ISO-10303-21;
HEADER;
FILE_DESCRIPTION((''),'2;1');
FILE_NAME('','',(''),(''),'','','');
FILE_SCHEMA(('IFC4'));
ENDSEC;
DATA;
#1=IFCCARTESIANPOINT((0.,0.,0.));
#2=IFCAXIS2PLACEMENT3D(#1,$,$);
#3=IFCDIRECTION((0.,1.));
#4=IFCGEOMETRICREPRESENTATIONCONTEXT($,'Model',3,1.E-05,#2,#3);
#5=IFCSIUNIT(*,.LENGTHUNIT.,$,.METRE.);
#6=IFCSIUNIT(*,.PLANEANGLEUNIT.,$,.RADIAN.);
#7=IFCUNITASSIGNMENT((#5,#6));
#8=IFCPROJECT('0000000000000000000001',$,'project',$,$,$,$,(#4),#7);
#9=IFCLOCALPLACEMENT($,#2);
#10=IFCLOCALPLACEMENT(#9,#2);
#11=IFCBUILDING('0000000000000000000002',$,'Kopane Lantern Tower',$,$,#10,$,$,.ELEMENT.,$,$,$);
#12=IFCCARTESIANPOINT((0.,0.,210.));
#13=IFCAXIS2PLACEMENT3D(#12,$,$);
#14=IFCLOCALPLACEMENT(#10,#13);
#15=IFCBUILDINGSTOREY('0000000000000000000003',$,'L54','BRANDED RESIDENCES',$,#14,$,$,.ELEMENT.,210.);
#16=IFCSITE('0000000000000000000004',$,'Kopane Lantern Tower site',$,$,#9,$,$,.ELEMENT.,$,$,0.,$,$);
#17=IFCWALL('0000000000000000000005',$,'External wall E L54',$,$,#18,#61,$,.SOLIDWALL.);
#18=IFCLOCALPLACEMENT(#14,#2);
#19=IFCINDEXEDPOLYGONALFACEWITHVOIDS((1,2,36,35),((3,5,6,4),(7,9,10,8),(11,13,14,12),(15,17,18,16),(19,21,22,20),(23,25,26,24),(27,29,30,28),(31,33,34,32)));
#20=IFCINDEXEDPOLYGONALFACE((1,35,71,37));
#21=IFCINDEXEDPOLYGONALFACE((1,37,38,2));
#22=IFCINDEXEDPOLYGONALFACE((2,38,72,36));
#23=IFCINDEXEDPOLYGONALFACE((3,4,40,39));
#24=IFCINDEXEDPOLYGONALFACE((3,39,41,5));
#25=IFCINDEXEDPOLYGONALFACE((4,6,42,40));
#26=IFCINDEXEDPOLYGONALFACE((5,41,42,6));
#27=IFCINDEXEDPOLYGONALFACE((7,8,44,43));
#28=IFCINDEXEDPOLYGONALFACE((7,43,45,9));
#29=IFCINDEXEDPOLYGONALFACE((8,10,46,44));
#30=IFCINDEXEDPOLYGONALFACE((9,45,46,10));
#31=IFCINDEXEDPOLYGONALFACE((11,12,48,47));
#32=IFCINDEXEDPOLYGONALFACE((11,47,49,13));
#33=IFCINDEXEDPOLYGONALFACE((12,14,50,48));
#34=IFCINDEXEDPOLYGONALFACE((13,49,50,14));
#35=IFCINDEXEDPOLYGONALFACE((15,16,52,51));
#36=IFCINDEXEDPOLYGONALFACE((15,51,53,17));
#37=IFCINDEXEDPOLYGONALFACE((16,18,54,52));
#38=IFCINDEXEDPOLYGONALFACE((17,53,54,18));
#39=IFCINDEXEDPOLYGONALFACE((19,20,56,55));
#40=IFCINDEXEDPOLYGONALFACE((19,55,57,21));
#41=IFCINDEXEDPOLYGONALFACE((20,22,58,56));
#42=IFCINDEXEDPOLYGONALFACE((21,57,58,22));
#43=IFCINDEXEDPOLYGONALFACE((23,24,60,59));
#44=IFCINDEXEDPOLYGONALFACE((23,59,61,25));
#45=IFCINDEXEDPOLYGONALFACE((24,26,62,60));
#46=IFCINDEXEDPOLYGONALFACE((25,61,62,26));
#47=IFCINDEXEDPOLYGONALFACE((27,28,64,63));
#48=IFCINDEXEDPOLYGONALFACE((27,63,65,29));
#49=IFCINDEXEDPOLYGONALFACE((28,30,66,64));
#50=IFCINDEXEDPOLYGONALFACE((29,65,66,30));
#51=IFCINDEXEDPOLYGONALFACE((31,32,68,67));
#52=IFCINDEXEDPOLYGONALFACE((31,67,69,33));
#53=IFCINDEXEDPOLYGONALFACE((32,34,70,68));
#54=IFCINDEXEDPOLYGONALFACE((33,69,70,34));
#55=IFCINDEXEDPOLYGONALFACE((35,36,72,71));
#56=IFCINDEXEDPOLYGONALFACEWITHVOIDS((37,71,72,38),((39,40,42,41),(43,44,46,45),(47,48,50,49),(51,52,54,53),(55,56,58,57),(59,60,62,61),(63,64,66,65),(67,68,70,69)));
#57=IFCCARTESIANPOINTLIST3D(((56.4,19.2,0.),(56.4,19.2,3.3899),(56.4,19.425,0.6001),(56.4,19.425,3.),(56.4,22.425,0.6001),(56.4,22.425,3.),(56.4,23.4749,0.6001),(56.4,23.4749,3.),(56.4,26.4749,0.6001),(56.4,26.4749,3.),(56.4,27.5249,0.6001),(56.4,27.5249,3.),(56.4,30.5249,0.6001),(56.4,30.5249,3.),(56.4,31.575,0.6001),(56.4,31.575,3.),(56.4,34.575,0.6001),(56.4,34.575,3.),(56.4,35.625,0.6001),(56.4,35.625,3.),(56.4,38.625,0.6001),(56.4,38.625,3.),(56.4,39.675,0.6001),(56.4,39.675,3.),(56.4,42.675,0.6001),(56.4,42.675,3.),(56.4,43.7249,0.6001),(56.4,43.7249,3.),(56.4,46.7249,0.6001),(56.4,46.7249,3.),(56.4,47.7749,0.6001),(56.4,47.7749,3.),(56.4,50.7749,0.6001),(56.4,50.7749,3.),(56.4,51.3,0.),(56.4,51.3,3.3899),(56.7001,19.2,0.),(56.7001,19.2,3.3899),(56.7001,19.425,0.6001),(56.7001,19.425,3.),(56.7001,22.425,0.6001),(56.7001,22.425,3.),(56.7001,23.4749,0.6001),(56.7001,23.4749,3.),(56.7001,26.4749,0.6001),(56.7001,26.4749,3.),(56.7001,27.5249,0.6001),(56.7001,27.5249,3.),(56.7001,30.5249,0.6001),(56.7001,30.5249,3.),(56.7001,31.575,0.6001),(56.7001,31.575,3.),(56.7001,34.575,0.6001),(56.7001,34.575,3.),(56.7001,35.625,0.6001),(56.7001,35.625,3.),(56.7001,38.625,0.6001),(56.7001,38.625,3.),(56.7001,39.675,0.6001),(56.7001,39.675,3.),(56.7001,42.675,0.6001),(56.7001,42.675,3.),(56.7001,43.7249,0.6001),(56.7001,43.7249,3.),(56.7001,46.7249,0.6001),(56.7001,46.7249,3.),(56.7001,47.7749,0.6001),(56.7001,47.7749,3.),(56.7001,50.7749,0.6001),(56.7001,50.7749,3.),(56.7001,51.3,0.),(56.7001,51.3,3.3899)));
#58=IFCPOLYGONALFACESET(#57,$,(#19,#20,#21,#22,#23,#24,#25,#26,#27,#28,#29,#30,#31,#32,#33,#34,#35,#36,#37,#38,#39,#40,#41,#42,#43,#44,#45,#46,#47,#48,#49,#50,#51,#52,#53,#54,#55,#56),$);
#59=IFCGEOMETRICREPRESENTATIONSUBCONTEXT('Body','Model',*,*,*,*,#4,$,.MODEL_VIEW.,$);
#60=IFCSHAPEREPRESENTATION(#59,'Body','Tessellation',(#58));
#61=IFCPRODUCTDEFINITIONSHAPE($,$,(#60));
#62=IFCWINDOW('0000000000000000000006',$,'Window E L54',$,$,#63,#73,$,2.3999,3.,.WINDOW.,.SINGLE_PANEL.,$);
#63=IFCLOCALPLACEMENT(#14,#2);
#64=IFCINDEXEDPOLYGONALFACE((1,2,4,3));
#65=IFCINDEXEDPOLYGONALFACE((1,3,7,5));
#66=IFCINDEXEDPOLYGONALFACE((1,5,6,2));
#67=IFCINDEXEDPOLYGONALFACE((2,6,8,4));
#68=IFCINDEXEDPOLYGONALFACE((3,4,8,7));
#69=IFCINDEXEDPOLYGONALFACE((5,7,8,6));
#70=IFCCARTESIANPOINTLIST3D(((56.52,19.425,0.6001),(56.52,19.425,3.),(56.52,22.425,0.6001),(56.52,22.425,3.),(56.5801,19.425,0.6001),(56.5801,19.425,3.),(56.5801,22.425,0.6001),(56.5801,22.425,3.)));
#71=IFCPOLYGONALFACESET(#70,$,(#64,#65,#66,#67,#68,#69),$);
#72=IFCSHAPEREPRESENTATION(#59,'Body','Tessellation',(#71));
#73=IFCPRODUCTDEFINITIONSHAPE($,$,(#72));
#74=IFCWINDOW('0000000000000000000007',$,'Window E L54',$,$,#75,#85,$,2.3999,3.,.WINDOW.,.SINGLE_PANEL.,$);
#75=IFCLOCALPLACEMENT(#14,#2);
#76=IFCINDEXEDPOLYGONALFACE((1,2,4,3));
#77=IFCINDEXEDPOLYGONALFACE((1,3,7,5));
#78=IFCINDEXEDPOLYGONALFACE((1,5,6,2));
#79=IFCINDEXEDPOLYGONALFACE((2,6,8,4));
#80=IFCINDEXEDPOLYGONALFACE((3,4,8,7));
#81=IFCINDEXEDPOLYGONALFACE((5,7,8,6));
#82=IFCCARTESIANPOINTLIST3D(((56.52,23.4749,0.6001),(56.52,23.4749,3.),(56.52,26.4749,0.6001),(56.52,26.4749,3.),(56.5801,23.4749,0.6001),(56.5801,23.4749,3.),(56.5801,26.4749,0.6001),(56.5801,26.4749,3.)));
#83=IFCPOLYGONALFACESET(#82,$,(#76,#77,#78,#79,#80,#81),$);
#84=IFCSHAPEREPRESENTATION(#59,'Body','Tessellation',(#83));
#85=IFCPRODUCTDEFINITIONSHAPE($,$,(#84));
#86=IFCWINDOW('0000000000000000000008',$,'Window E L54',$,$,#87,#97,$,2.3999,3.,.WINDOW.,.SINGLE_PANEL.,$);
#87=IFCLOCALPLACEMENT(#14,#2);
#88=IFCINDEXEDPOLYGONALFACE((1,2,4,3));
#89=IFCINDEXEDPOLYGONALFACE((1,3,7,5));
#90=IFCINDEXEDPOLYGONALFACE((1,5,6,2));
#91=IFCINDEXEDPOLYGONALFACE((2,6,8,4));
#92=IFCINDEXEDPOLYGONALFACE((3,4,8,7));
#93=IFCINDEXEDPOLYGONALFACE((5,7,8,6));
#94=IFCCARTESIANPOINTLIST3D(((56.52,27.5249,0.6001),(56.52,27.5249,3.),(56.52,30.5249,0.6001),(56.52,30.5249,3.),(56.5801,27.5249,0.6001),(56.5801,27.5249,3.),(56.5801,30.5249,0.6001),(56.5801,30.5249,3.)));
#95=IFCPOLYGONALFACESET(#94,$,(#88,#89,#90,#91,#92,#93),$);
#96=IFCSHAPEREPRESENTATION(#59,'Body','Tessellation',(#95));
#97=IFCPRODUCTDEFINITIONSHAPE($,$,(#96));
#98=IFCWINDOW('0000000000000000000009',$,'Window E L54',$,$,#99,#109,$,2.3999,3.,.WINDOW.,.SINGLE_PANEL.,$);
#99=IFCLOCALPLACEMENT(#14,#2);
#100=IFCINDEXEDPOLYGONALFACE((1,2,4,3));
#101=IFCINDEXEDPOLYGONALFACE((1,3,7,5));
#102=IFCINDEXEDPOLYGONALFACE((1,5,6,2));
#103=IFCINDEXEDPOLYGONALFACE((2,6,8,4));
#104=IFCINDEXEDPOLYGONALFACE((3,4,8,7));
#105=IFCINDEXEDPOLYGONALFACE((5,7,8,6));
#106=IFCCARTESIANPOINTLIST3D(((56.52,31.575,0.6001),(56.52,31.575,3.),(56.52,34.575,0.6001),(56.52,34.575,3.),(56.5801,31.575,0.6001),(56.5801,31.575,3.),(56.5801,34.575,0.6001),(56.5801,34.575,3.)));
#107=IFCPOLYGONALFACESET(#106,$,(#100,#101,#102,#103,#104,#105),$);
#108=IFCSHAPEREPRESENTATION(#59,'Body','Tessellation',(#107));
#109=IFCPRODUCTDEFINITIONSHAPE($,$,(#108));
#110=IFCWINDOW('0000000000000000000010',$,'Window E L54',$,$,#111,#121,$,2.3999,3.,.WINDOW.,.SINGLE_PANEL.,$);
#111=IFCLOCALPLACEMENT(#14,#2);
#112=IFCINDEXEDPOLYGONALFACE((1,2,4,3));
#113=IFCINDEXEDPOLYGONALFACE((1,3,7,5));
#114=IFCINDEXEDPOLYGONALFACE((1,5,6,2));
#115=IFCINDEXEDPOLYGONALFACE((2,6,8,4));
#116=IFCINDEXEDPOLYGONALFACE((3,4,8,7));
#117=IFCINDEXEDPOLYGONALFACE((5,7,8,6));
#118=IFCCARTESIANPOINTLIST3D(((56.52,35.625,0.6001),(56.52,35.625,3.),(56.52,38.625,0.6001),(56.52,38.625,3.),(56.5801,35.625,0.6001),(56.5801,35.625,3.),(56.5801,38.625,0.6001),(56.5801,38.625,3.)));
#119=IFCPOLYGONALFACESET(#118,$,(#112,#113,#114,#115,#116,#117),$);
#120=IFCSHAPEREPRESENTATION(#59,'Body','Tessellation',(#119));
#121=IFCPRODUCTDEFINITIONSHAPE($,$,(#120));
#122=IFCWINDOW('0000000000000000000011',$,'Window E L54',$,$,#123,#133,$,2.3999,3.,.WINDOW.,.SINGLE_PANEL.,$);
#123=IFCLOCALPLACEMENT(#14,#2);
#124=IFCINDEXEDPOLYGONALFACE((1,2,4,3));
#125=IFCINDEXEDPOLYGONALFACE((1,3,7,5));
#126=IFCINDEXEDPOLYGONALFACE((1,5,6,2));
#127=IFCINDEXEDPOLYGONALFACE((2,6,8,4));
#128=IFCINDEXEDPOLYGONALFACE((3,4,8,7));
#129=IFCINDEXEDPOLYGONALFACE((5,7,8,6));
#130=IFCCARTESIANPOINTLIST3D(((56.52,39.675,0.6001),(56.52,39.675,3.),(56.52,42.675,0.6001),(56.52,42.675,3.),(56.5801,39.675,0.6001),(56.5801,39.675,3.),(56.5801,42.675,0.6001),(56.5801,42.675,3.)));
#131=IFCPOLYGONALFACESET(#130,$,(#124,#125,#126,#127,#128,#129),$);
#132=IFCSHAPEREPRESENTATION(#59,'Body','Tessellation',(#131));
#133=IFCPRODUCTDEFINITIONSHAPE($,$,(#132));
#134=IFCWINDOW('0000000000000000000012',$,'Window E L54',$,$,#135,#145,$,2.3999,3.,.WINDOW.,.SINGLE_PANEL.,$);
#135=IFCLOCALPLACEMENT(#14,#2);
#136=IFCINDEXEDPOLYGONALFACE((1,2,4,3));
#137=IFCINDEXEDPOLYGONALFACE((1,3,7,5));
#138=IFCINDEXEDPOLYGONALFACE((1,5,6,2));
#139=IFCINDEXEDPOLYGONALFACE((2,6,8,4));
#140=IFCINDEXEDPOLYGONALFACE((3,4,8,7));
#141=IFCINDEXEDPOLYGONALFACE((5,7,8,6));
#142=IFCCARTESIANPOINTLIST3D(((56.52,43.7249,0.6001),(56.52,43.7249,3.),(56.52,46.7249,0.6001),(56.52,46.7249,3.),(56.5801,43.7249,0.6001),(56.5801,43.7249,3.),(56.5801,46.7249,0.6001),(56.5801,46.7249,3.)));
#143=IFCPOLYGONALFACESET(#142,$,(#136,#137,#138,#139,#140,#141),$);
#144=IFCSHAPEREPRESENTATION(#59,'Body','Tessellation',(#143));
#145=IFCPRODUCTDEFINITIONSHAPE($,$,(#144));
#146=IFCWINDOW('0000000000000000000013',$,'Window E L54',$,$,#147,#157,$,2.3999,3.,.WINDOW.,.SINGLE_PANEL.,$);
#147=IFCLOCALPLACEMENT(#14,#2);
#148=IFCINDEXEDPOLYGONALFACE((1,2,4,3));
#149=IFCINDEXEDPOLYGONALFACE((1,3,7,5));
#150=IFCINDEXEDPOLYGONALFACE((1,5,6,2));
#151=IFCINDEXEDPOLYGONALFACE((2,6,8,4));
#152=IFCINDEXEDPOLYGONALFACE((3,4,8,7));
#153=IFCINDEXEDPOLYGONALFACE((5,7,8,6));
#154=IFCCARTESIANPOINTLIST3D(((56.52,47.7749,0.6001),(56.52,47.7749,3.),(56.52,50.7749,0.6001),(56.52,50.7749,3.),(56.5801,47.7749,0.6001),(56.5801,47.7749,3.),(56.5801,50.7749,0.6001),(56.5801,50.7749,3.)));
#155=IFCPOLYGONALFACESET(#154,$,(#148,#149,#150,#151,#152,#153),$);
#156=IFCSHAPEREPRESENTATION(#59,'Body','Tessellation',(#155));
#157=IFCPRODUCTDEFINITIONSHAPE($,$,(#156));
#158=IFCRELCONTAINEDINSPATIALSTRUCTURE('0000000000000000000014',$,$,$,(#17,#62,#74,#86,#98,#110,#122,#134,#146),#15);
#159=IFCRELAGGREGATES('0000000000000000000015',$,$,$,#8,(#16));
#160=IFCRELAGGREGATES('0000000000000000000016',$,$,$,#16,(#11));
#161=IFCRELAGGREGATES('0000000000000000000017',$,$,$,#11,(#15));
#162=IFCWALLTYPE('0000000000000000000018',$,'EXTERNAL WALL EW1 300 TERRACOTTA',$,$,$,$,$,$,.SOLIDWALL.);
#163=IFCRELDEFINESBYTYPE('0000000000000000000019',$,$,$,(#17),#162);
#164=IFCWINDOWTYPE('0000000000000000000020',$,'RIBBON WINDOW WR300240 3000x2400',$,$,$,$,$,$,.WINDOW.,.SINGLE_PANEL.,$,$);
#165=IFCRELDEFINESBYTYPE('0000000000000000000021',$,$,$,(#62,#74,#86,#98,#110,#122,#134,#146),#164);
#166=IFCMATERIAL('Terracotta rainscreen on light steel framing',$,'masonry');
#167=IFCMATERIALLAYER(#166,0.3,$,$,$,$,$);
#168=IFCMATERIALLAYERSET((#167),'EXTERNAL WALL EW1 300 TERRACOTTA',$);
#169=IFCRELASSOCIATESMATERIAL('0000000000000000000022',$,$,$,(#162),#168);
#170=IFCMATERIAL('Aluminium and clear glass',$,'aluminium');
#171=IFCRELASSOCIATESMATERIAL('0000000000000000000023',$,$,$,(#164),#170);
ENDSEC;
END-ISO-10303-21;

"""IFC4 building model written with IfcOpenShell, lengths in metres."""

from ifc_helpers import new_model, si_unit, direction, frame, frame_2d, origin, place, context, subcontext, project, spatial, rectangle, extrude, material, layer, layer_set, type_object, element, fill, save


model = new_model("IFC4")

# Units and contexts
model_context = context("Model", 3, precision=1e-05, world=origin(), true_north=direction((0.0, 1.0)))
body_context = subcontext(model_context, "Body", "Model", "MODEL_VIEW")
ifc_project = project(units=[si_unit("LENGTHUNIT", "METRE"), si_unit("PLANEANGLEUNIT", "RADIAN")], contexts=[model_context])

# Site, building, storey
site_placement = place(None, origin())
site = spatial("IfcSite", under=ifc_project, at=site_placement, Name="Kopane Lantern Tower site", CompositionType="ELEMENT", RefElevation=0.0)
building_placement = place(site_placement, origin())
building = spatial("IfcBuilding", under=site, at=building_placement, Name="Kopane Lantern Tower", CompositionType="ELEMENT")
storey_placement = place(building_placement, frame((0.0, 0.0, 210.0)))
storey = spatial("IfcBuildingStorey", under=building, at=storey_placement, Name="L54", Description="BRANDED RESIDENCES", CompositionType="ELEMENT", Elevation=210.0)

# Wall, openings, windows
ifc_material_1 = material(Name="Terracotta rainscreen on light steel framing", Category="masonry")
ifc_layer_1 = layer(ifc_material_1, 0.3)
ifc_layer_set_1 = layer_set([ifc_layer_1], Name="EXTERNAL WALL EW1 300 TERRACOTTA")
wall_type_1 = type_object("IfcWallType", Name="EXTERNAL WALL EW1 300 TERRACOTTA", PredefinedType="SOLIDWALL", material=ifc_layer_set_1)
wall_1_placement = place(storey_placement, frame((56.55, 19.2, 0.0), z_axis=(0.0, 0.0, 1.0), x_axis=(0.0, 1.0, 0.0)))
wall_1 = element("IfcWall", 1, at=wall_1_placement, inside=storey, type_object=wall_type_1, Name="External wall E L54", PredefinedType="SOLIDWALL", context=body_context, shape_type="SweptSolid", body=[
    extrude(rectangle(XDim=32.1001, YDim=0.3, at=frame_2d((16.05, 0.0))), origin(), (0.0, 0.0, 1.0), 3.3899),
])
opening_1_placement = place(wall_1_placement, frame((0.2251, 0.0, 0.6001)))
opening_1 = element("IfcOpeningElement", 2, at=opening_1_placement, cuts=wall_1, PredefinedType="OPENING", context=body_context, shape_type="SweptSolid", body=[
    extrude(rectangle(XDim=3.0, YDim=2.3999, at=frame_2d((1.5, 1.2))), frame((0.0, 0.1599, 0.0), z_axis=(0.0, -1.0, 0.0), x_axis=(1.0, 0.0, 0.0)), (0.0, 0.0, 1.0), 0.3201),
])
opening_2_placement = place(wall_1_placement, frame((4.2749, 0.0, 0.6001)))
opening_2 = element("IfcOpeningElement", 3, at=opening_2_placement, cuts=wall_1, PredefinedType="OPENING", context=body_context, shape_type="SweptSolid", body=[
    extrude(rectangle(XDim=3.0, YDim=2.3999, at=frame_2d((1.5, 1.2))), frame((0.0, 0.1599, 0.0), z_axis=(0.0, -1.0, 0.0), x_axis=(1.0, 0.0, 0.0)), (0.0, 0.0, 1.0), 0.3201),
])
opening_3_placement = place(wall_1_placement, frame((8.325, 0.0, 0.6001)))
opening_3 = element("IfcOpeningElement", 4, at=opening_3_placement, cuts=wall_1, PredefinedType="OPENING", context=body_context, shape_type="SweptSolid", body=[
    extrude(rectangle(XDim=3.0, YDim=2.3999, at=frame_2d((1.5, 1.2))), frame((0.0, 0.1599, 0.0), z_axis=(0.0, -1.0, 0.0), x_axis=(1.0, 0.0, 0.0)), (0.0, 0.0, 1.0), 0.3201),
])
opening_4_placement = place(wall_1_placement, frame((12.375, 0.0, 0.6001)))
opening_4 = element("IfcOpeningElement", 5, at=opening_4_placement, cuts=wall_1, PredefinedType="OPENING", context=body_context, shape_type="SweptSolid", body=[
    extrude(rectangle(XDim=3.0, YDim=2.3999, at=frame_2d((1.5, 1.2))), frame((0.0, 0.1599, 0.0), z_axis=(0.0, -1.0, 0.0), x_axis=(1.0, 0.0, 0.0)), (0.0, 0.0, 1.0), 0.3201),
])
opening_5_placement = place(wall_1_placement, frame((16.425, 0.0, 0.6001)))
opening_5 = element("IfcOpeningElement", 6, at=opening_5_placement, cuts=wall_1, PredefinedType="OPENING", context=body_context, shape_type="SweptSolid", body=[
    extrude(rectangle(XDim=3.0, YDim=2.3999, at=frame_2d((1.5, 1.2))), frame((0.0, 0.1599, 0.0), z_axis=(0.0, -1.0, 0.0), x_axis=(1.0, 0.0, 0.0)), (0.0, 0.0, 1.0), 0.3201),
])
opening_6_placement = place(wall_1_placement, frame((20.4751, 0.0, 0.6001)))
opening_6 = element("IfcOpeningElement", 7, at=opening_6_placement, cuts=wall_1, PredefinedType="OPENING", context=body_context, shape_type="SweptSolid", body=[
    extrude(rectangle(XDim=3.0, YDim=2.3999, at=frame_2d((1.5, 1.2))), frame((0.0, 0.1599, 0.0), z_axis=(0.0, -1.0, 0.0), x_axis=(1.0, 0.0, 0.0)), (0.0, 0.0, 1.0), 0.3201),
])
opening_7_placement = place(wall_1_placement, frame((24.5249, 0.0, 0.6001)))
opening_7 = element("IfcOpeningElement", 8, at=opening_7_placement, cuts=wall_1, PredefinedType="OPENING", context=body_context, shape_type="SweptSolid", body=[
    extrude(rectangle(XDim=3.0, YDim=2.3999, at=frame_2d((1.5, 1.2))), frame((0.0, 0.1599, 0.0), z_axis=(0.0, -1.0, 0.0), x_axis=(1.0, 0.0, 0.0)), (0.0, 0.0, 1.0), 0.3201),
])
opening_8_placement = place(wall_1_placement, frame((28.575, 0.0, 0.6001)))
opening_8 = element("IfcOpeningElement", 9, at=opening_8_placement, cuts=wall_1, PredefinedType="OPENING", context=body_context, shape_type="SweptSolid", body=[
    extrude(rectangle(XDim=3.0, YDim=2.3999, at=frame_2d((1.5, 1.2))), frame((0.0, 0.1599, 0.0), z_axis=(0.0, -1.0, 0.0), x_axis=(1.0, 0.0, 0.0)), (0.0, 0.0, 1.0), 0.3201),
])
ifc_material_2 = material(Name="Aluminium and clear glass", Category="aluminium")
window_type = type_object("IfcWindowType", Name="RIBBON WINDOW WR300240 3000x2400", PartitioningType="SINGLE_PANEL", PredefinedType="WINDOW", material=ifc_material_2)
window_1_placement = place(opening_1_placement, origin())
window_1 = element("IfcWindow", 10, at=window_1_placement, inside=storey, type_object=window_type, Name="Window E L54", OverallHeight=2.3999, OverallWidth=3.0, PartitioningType="SINGLE_PANEL", PredefinedType="WINDOW", context=body_context, shape_type="SweptSolid", body=[
    extrude(rectangle(XDim=3.0, YDim=2.3999, at=frame_2d((1.5, 1.2))), frame((0.0, 0.03, 0.0), z_axis=(0.0, -1.0, 0.0), x_axis=(1.0, 0.0, 0.0)), (0.0, 0.0, 1.0), 0.0601),
])
fill(opening_1, window_1)
window_2_placement = place(opening_2_placement, origin())
window_2 = element("IfcWindow", 11, at=window_2_placement, inside=storey, type_object=window_type, Name="Window E L54", OverallHeight=2.3999, OverallWidth=3.0, PartitioningType="SINGLE_PANEL", PredefinedType="WINDOW", context=body_context, shape_type="SweptSolid", body=[
    extrude(rectangle(XDim=3.0, YDim=2.3999, at=frame_2d((1.5, 1.2))), frame((0.0, 0.03, 0.0), z_axis=(0.0, -1.0, 0.0), x_axis=(1.0, 0.0, 0.0)), (0.0, 0.0, 1.0), 0.0601),
])
fill(opening_2, window_2)
window_3_placement = place(opening_3_placement, origin())
window_3 = element("IfcWindow", 12, at=window_3_placement, inside=storey, type_object=window_type, Name="Window E L54", OverallHeight=2.3999, OverallWidth=3.0, PartitioningType="SINGLE_PANEL", PredefinedType="WINDOW", context=body_context, shape_type="SweptSolid", body=[
    extrude(rectangle(XDim=3.0, YDim=2.3999, at=frame_2d((1.5, 1.2))), frame((0.0, 0.03, 0.0), z_axis=(0.0, -1.0, 0.0), x_axis=(1.0, 0.0, 0.0)), (0.0, 0.0, 1.0), 0.0601),
])
fill(opening_3, window_3)
window_4_placement = place(opening_4_placement, origin())
window_4 = element("IfcWindow", 13, at=window_4_placement, inside=storey, type_object=window_type, Name="Window E L54", OverallHeight=2.3999, OverallWidth=3.0, PartitioningType="SINGLE_PANEL", PredefinedType="WINDOW", context=body_context, shape_type="SweptSolid", body=[
    extrude(rectangle(XDim=3.0, YDim=2.3999, at=frame_2d((1.5, 1.2))), frame((0.0, 0.03, 0.0), z_axis=(0.0, -1.0, 0.0), x_axis=(1.0, 0.0, 0.0)), (0.0, 0.0, 1.0), 0.0601),
])
fill(opening_4, window_4)
window_5_placement = place(opening_5_placement, origin())
window_5 = element("IfcWindow", 14, at=window_5_placement, inside=storey, type_object=window_type, Name="Window E L54", OverallHeight=2.3999, OverallWidth=3.0, PartitioningType="SINGLE_PANEL", PredefinedType="WINDOW", context=body_context, shape_type="SweptSolid", body=[
    extrude(rectangle(XDim=3.0, YDim=2.3999, at=frame_2d((1.5, 1.2))), frame((0.0, 0.03, 0.0), z_axis=(0.0, -1.0, 0.0), x_axis=(1.0, 0.0, 0.0)), (0.0, 0.0, 1.0), 0.0601),
])
fill(opening_5, window_5)
window_6_placement = place(opening_6_placement, origin())
window_6 = element("IfcWindow", 15, at=window_6_placement, inside=storey, type_object=window_type, Name="Window E L54", OverallHeight=2.3999, OverallWidth=3.0, PartitioningType="SINGLE_PANEL", PredefinedType="WINDOW", context=body_context, shape_type="SweptSolid", body=[
    extrude(rectangle(XDim=3.0, YDim=2.3999, at=frame_2d((1.5, 1.2))), frame((0.0, 0.03, 0.0), z_axis=(0.0, -1.0, 0.0), x_axis=(1.0, 0.0, 0.0)), (0.0, 0.0, 1.0), 0.0601),
])
fill(opening_6, window_6)
window_7_placement = place(opening_7_placement, origin())
window_7 = element("IfcWindow", 16, at=window_7_placement, inside=storey, type_object=window_type, Name="Window E L54", OverallHeight=2.3999, OverallWidth=3.0, PartitioningType="SINGLE_PANEL", PredefinedType="WINDOW", context=body_context, shape_type="SweptSolid", body=[
    extrude(rectangle(XDim=3.0, YDim=2.3999, at=frame_2d((1.5, 1.2))), frame((0.0, 0.03, 0.0), z_axis=(0.0, -1.0, 0.0), x_axis=(1.0, 0.0, 0.0)), (0.0, 0.0, 1.0), 0.0601),
])
fill(opening_7, window_7)
window_8_placement = place(opening_8_placement, origin())
window_8 = element("IfcWindow", 17, at=window_8_placement, inside=storey, type_object=window_type, Name="Window E L54", OverallHeight=2.3999, OverallWidth=3.0, PartitioningType="SINGLE_PANEL", PredefinedType="WINDOW", context=body_context, shape_type="SweptSolid", body=[
    extrude(rectangle(XDim=3.0, YDim=2.3999, at=frame_2d((1.5, 1.2))), frame((0.0, 0.03, 0.0), z_axis=(0.0, -1.0, 0.0), x_axis=(1.0, 0.0, 0.0)), (0.0, 0.0, 1.0), 0.0601),
])
fill(opening_8, window_8)

save(model, "model.ifc")
